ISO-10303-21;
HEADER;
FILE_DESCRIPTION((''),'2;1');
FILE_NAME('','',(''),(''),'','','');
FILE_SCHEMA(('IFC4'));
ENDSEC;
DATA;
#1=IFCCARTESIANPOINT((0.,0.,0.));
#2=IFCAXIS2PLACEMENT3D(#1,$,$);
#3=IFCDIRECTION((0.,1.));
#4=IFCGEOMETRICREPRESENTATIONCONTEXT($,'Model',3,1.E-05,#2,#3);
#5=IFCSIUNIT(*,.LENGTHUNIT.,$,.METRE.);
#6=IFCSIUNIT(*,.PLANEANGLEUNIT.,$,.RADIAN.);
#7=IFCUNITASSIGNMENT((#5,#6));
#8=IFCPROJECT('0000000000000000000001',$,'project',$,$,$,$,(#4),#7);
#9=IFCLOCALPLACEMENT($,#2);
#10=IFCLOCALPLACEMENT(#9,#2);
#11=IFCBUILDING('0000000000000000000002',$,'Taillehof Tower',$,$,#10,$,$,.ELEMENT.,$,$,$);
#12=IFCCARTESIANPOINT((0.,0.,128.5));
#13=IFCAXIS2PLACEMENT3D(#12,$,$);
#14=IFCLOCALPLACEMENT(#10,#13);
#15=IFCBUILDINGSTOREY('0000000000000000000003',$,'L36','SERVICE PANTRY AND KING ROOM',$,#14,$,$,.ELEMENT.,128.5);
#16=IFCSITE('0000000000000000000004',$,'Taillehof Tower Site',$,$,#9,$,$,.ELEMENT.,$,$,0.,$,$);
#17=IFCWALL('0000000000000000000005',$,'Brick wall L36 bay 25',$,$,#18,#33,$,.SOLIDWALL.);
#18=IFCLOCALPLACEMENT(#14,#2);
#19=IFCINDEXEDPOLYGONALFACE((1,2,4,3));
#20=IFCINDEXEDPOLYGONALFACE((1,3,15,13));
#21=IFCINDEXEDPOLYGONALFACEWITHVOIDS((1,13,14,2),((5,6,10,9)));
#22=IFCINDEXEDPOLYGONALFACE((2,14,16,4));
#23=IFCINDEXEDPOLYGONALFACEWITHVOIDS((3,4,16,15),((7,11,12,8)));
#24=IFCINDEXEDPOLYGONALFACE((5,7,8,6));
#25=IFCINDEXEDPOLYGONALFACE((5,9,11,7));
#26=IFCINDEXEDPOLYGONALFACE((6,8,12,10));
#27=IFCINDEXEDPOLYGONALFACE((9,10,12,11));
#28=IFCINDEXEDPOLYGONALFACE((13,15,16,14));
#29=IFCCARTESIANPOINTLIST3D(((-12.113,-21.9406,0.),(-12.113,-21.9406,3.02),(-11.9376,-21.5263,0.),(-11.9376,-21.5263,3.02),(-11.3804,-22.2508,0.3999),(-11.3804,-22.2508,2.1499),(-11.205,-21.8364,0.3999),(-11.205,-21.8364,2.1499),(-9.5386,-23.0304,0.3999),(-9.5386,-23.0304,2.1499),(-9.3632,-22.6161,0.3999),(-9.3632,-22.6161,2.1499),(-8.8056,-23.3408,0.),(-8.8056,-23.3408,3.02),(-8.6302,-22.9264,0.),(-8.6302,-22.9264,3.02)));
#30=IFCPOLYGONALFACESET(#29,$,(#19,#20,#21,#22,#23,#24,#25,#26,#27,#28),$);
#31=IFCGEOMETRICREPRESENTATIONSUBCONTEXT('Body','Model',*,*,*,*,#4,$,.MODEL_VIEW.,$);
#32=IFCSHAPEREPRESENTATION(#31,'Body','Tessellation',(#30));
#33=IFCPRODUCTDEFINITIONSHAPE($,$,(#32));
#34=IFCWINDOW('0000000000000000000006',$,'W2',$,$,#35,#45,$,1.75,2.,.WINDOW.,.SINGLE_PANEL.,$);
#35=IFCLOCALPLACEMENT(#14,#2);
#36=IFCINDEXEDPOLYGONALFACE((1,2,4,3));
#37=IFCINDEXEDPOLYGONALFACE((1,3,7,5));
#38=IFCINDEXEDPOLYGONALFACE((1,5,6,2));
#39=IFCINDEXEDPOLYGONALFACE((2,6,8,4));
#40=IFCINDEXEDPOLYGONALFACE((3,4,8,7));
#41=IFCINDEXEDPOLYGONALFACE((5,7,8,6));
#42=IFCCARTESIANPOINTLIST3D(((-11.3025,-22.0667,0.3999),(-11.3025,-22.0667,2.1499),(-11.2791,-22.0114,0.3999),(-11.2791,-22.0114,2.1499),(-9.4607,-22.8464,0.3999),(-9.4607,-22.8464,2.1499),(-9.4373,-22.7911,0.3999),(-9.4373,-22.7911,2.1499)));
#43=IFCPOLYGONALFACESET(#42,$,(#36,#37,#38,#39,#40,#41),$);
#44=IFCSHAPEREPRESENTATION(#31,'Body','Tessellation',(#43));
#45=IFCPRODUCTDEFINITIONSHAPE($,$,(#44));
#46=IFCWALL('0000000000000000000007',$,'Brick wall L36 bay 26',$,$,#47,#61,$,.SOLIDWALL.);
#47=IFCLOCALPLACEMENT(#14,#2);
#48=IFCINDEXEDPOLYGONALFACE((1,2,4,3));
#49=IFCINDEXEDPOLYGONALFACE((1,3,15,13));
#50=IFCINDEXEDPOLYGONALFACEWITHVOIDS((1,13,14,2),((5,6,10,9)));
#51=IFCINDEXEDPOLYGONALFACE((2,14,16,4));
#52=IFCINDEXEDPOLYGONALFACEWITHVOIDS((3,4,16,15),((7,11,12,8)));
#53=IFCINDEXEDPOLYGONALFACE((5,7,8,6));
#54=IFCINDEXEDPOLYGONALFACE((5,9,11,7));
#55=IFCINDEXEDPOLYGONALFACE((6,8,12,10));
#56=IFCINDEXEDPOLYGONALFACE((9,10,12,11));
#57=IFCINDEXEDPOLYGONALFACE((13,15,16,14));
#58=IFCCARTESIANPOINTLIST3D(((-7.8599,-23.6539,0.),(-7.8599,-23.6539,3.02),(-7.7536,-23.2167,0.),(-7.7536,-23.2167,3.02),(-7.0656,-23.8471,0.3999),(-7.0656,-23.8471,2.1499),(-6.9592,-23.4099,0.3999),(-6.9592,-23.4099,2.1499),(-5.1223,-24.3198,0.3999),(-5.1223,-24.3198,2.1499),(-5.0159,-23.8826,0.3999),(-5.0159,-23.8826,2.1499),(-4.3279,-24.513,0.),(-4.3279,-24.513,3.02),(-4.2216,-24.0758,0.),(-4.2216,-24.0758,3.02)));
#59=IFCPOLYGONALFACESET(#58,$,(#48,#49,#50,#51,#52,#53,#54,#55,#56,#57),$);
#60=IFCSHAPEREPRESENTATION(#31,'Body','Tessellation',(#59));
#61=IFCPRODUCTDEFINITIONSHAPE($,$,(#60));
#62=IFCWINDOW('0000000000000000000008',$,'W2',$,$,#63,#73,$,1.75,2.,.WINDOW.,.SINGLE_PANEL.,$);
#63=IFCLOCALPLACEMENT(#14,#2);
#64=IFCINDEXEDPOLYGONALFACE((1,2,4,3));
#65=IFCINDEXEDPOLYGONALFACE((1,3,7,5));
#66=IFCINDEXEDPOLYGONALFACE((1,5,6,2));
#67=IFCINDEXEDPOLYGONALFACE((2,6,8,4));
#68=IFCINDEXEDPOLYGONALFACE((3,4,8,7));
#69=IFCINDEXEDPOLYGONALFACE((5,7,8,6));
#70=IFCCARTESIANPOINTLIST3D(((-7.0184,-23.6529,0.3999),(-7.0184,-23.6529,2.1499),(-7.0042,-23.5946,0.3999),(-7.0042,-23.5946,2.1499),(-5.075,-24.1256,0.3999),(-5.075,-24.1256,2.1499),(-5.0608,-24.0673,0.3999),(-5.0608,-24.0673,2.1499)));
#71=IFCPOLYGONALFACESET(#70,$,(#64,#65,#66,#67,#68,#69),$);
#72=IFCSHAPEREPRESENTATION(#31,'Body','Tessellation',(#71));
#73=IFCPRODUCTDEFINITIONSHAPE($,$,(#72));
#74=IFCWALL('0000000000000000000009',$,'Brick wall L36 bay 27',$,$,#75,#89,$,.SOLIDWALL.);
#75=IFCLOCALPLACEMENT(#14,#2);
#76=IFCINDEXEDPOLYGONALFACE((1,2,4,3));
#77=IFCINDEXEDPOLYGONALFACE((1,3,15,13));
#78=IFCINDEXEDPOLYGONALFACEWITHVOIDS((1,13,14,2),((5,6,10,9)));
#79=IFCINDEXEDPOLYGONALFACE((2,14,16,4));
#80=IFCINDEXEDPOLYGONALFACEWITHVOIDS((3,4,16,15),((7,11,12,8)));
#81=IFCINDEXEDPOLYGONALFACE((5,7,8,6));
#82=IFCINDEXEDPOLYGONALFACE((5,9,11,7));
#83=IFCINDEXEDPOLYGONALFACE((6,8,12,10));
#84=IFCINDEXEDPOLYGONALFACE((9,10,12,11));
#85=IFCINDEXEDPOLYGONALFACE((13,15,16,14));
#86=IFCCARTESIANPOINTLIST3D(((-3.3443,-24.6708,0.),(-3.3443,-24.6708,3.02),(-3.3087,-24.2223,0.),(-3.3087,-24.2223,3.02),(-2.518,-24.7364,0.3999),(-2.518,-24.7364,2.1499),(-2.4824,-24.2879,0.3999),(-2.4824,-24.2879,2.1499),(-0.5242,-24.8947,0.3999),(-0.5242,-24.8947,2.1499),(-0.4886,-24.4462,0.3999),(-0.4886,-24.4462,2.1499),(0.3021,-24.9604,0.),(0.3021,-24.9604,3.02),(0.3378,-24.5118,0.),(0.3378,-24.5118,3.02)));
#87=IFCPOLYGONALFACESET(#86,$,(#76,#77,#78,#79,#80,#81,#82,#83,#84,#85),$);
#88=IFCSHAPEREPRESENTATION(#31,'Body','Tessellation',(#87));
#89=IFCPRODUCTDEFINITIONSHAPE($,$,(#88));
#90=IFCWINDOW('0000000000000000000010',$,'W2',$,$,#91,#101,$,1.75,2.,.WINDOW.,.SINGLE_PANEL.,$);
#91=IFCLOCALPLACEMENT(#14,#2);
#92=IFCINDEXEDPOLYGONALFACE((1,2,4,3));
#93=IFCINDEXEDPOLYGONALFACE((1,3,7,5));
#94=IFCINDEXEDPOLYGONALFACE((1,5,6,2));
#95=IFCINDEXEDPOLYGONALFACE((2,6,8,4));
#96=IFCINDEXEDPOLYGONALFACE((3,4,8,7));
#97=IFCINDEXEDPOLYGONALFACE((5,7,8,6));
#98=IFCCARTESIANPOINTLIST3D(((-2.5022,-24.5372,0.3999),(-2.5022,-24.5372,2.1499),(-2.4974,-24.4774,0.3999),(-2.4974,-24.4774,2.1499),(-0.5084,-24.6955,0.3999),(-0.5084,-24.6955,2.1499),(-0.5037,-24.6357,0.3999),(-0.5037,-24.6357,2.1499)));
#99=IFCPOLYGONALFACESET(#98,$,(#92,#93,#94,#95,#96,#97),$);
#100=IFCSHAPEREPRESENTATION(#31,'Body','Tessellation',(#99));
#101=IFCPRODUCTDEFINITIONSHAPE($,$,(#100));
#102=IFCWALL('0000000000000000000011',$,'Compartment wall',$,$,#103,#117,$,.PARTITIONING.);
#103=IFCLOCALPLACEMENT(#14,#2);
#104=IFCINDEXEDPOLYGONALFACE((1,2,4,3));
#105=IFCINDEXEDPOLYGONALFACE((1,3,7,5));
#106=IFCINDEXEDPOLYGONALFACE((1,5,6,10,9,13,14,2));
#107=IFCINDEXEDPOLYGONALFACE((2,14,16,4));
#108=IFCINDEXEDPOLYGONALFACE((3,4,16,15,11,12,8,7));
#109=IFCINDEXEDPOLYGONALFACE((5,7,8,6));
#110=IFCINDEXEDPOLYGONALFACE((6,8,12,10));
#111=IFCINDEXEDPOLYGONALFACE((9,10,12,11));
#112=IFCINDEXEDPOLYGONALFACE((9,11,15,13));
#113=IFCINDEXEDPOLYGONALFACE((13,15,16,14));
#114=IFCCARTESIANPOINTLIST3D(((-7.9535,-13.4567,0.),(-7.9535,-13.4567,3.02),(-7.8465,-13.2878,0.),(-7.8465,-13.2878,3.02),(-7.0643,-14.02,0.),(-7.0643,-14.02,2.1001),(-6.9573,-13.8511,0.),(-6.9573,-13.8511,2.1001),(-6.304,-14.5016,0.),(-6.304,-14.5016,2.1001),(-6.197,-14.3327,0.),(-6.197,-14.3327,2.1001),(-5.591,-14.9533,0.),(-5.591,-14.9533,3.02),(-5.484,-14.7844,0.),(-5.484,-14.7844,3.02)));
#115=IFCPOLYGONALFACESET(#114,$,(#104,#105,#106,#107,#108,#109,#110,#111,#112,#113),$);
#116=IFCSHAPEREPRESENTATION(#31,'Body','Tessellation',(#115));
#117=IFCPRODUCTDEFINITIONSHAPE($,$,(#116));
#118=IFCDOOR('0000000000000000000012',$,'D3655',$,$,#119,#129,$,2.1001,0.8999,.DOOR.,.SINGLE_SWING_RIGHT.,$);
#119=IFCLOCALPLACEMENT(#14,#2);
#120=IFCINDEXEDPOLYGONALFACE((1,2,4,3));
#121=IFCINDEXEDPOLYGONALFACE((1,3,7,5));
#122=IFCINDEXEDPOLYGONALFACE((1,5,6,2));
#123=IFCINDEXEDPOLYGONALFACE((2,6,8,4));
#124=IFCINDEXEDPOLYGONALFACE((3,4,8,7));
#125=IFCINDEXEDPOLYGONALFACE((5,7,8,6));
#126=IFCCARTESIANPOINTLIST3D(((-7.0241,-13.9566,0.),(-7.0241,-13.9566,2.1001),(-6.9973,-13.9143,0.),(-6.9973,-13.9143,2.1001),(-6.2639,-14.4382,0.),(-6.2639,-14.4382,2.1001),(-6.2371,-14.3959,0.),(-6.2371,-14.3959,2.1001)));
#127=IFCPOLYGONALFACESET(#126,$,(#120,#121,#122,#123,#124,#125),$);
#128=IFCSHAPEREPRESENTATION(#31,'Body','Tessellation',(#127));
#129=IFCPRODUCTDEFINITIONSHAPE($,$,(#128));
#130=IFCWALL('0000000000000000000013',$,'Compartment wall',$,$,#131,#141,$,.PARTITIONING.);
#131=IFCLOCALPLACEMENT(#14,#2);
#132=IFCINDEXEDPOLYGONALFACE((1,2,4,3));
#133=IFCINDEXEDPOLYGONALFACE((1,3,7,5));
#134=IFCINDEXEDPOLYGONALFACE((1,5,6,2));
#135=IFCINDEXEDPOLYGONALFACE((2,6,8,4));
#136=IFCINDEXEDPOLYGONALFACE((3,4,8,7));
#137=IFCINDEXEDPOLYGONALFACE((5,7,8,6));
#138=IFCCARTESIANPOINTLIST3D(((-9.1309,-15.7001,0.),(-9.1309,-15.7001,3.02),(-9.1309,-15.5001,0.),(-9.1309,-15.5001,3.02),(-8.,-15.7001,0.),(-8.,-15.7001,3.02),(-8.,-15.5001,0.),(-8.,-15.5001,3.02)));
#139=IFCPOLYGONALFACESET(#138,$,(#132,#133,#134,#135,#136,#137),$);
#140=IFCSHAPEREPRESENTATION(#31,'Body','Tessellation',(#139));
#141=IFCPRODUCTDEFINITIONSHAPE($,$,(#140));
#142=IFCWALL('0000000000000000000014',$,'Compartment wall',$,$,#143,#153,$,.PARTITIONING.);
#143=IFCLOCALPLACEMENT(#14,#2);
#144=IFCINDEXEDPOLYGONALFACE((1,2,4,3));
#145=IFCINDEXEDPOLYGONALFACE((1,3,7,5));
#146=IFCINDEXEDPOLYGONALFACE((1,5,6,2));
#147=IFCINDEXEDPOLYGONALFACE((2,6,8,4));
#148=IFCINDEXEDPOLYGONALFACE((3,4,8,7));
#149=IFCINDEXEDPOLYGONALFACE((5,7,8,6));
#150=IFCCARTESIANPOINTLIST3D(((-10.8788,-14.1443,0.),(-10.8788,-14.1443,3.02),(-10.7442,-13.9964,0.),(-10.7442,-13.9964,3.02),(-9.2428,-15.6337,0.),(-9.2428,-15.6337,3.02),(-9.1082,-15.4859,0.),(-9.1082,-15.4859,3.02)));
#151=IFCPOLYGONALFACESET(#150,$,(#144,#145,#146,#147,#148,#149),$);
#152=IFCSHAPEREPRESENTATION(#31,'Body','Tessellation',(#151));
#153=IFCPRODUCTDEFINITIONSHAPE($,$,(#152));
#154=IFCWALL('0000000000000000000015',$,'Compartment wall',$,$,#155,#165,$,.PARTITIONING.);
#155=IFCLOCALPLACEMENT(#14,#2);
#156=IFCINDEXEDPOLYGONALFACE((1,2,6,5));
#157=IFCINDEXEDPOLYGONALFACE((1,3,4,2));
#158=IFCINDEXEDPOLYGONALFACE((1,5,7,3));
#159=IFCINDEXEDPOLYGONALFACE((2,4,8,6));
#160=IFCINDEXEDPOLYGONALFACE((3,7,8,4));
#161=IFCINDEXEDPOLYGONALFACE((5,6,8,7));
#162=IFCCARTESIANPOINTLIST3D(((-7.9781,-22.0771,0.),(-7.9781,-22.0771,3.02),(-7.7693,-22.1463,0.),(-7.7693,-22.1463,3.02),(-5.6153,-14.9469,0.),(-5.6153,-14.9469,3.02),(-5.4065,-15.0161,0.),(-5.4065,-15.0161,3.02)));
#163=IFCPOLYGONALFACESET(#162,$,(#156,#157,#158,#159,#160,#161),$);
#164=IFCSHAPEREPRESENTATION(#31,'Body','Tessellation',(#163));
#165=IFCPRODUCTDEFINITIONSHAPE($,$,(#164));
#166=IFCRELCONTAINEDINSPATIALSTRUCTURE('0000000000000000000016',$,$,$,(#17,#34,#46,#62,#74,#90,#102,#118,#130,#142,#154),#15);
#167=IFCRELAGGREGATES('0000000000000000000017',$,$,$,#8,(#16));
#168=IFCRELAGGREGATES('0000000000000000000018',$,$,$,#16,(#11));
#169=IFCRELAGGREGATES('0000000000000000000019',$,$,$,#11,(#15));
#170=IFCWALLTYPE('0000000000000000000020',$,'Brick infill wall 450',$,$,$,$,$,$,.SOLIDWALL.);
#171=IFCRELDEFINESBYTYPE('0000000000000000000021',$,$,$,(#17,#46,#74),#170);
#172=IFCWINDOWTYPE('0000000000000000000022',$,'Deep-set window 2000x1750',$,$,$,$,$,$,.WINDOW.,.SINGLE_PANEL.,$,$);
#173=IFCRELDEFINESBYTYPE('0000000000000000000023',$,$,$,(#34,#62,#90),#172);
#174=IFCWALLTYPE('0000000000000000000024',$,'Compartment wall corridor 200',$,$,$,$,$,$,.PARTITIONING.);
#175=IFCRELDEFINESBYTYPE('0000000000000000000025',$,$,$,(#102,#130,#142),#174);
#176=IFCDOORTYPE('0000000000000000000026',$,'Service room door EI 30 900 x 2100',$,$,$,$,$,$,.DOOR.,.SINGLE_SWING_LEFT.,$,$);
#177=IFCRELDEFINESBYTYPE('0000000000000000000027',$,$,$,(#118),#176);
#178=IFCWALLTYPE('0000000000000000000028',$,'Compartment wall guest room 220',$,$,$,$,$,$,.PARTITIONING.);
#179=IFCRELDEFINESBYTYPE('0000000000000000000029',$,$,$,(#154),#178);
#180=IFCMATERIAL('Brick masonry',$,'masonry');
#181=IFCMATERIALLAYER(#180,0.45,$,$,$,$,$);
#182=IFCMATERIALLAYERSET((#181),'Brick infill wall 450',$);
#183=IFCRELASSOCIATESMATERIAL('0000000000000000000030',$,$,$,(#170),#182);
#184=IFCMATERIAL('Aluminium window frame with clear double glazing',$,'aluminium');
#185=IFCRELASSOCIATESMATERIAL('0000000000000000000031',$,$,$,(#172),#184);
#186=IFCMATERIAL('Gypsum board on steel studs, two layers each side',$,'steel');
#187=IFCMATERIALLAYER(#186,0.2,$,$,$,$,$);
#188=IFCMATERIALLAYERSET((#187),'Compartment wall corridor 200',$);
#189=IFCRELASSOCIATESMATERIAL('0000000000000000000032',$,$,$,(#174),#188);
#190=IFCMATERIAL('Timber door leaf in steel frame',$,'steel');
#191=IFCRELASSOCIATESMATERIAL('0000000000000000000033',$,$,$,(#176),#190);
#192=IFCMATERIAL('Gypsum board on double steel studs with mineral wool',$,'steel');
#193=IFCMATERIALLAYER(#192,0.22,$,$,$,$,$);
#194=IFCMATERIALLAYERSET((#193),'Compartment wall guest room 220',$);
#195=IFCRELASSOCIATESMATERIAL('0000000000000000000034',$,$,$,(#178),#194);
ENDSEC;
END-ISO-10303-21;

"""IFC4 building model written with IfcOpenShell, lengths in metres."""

from ifc_helpers import new_model, si_unit, direction, frame, frame_2d, origin, place, context, subcontext, project, spatial, rectangle, extrude, material, layer, layer_set, type_object, element, fill, save


model = new_model("IFC4")

# Units and contexts
model_context = context("Model", 3, precision=1e-05, world=origin(), true_north=direction((0.0, 1.0)))
body_context = subcontext(model_context, "Body", "Model", "MODEL_VIEW")
ifc_project = project(units=[si_unit("LENGTHUNIT", "METRE"), si_unit("PLANEANGLEUNIT", "RADIAN")], contexts=[model_context])

# Site, building, storey
site_placement = place(None, origin())
site = spatial("IfcSite", under=ifc_project, at=site_placement, Name="Taillehof Tower Site", CompositionType="ELEMENT", RefElevation=0.0)
building_placement = place(site_placement, origin())
building = spatial("IfcBuilding", under=site, at=building_placement, Name="Taillehof Tower", CompositionType="ELEMENT")
storey_placement = place(building_placement, frame((0.0, 0.0, 128.5)))
storey = spatial("IfcBuildingStorey", under=building, at=storey_placement, Name="L36", Description="SERVICE PANTRY AND KING ROOM", CompositionType="ELEMENT", Elevation=128.5)

# Walls, openings, windows
ifc_material_1 = material(Name="Brick masonry", Category="masonry")
ifc_layer_1 = layer(ifc_material_1, 0.45)
ifc_layer_set_1 = layer_set([ifc_layer_1], Name="Brick infill wall 450")
wall_type_1 = type_object("IfcWallType", Name="Brick infill wall 450", PredefinedType="SOLIDWALL", material=ifc_layer_set_1)
wall_1_placement = place(storey_placement, frame((-12.0254, -21.7334, 0.0), z_axis=(0.0, 0.0, 1.0), x_axis=(0.92088, -0.389846, 0.0)))
wall_1 = element("IfcWall", 1, at=wall_1_placement, inside=storey, type_object=wall_type_1, Name="Brick wall L36 bay 25", PredefinedType="SOLIDWALL", context=body_context, shape_type="SweptSolid", body=[
    extrude(rectangle(XDim=3.5916, YDim=0.45, at=frame_2d((1.7959, 0.0))), origin(), (0.0, 0.0, 1.0), 3.02),
])
opening_1_placement = place(wall_1_placement, frame((0.7957, 0.0, 0.3999)))
opening_1 = element("IfcOpeningElement", 2, at=opening_1_placement, cuts=wall_1, PredefinedType="OPENING", context=body_context, shape_type="SweptSolid", body=[
    extrude(rectangle(XDim=2.0, YDim=1.75, at=frame_2d((1.0, 0.875))), frame((0.0, 0.2349, 0.0), z_axis=(0.0, -1.0, 0.0), x_axis=(1.0, 0.0, 0.0)), (0.0, 0.0, 1.0), 0.47),
])
ifc_material_2 = material(Name="Aluminium window frame with clear double glazing", Category="aluminium")
window_type = type_object("IfcWindowType", Name="Deep-set window 2000x1750", PartitioningType="SINGLE_PANEL", PredefinedType="WINDOW", material=ifc_material_2)
window_1_placement = place(opening_1_placement, origin())
window_1 = element("IfcWindow", 3, at=window_1_placement, inside=storey, type_object=window_type, Name="W2", OverallHeight=1.75, OverallWidth=2.0, PartitioningType="SINGLE_PANEL", PredefinedType="WINDOW", context=body_context, shape_type="SweptSolid", body=[
    extrude(rectangle(XDim=2.0, YDim=1.75, at=frame_2d((1.0, 0.875))), frame((0.0, 0.0349, 0.0), z_axis=(0.0, -1.0, 0.0), x_axis=(1.0, 0.0, 0.0)), (0.0, 0.0, 1.0), 0.0601),
])
fill(opening_1, window_1)
wall_2_placement = place(storey_placement, frame((-7.8066, -23.4353, 0.0), z_axis=(0.0, 0.0, 1.0), x_axis=(0.971668, -0.236352, 0.0)))
wall_2 = element("IfcWall", 4, at=wall_2_placement, inside=storey, type_object=wall_type_1, Name="Brick wall L36 bay 26", PredefinedType="SOLIDWALL", context=body_context, shape_type="SweptSolid", body=[
    extrude(rectangle(XDim=3.635, YDim=0.45, at=frame_2d((1.8174, 0.0))), origin(), (0.0, 0.0, 1.0), 3.02),
])
opening_2_placement = place(wall_2_placement, frame((0.8174, 0.0, 0.3999)))
opening_2 = element("IfcOpeningElement", 5, at=opening_2_placement, cuts=wall_2, PredefinedType="OPENING", context=body_context, shape_type="SweptSolid", body=[
    extrude(rectangle(XDim=2.0, YDim=1.75, at=frame_2d((1.0, 0.875))), frame((0.0, 0.2349, 0.0), z_axis=(0.0, -1.0, 0.0), x_axis=(1.0, 0.0, 0.0)), (0.0, 0.0, 1.0), 0.47),
])
window_2_placement = place(opening_2_placement, origin())
window_2 = element("IfcWindow", 6, at=window_2_placement, inside=storey, type_object=window_type, Name="W2", OverallHeight=1.75, OverallWidth=2.0, PartitioningType="SINGLE_PANEL", PredefinedType="WINDOW", context=body_context, shape_type="SweptSolid", body=[
    extrude(rectangle(XDim=2.0, YDim=1.75, at=frame_2d((1.0, 0.875))), frame((0.0, 0.0349, 0.0), z_axis=(0.0, -1.0, 0.0), x_axis=(1.0, 0.0, 0.0)), (0.0, 0.0, 1.0), 0.0601),
])
fill(opening_2, window_2)
wall_3_placement = place(storey_placement, frame((-3.3267, -24.4465, 0.0), z_axis=(0.0, 0.0, 1.0), x_axis=(0.996862, -0.079156, 0.0)))
wall_3 = element("IfcWall", 7, at=wall_3_placement, inside=storey, type_object=wall_type_1, Name="Brick wall L36 bay 27", PredefinedType="SOLIDWALL", context=body_context, shape_type="SweptSolid", body=[
    extrude(rectangle(XDim=3.658, YDim=0.45, at=frame_2d((1.8291, 0.0))), origin(), (0.0, 0.0, 1.0), 3.02),
])
opening_3_placement = place(wall_3_placement, frame((0.8291, 0.0, 0.3999)))
opening_3 = element("IfcOpeningElement", 8, at=opening_3_placement, cuts=wall_3, PredefinedType="OPENING", context=body_context, shape_type="SweptSolid", body=[
    extrude(rectangle(XDim=2.0, YDim=1.75, at=frame_2d((1.0, 0.875))), frame((0.0, 0.2349, 0.0), z_axis=(0.0, -1.0, 0.0), x_axis=(1.0, 0.0, 0.0)), (0.0, 0.0, 1.0), 0.47),
])
window_3_placement = place(opening_3_placement, origin())
window_3 = element("IfcWindow", 9, at=window_3_placement, inside=storey, type_object=window_type, Name="W2", OverallHeight=1.75, OverallWidth=2.0, PartitioningType="SINGLE_PANEL", PredefinedType="WINDOW", context=body_context, shape_type="SweptSolid", body=[
    extrude(rectangle(XDim=2.0, YDim=1.75, at=frame_2d((1.0, 0.875))), frame((0.0, 0.0349, 0.0), z_axis=(0.0, -1.0, 0.0), x_axis=(1.0, 0.0, 0.0)), (0.0, 0.0, 1.0), 0.0601),
])
fill(opening_3, window_3)

# Wall, opening, door
ifc_material_3 = material(Name="Gypsum board on steel studs, two layers each side", Category="steel")
ifc_layer_2 = layer(ifc_material_3, 0.2)
ifc_layer_set_2 = layer_set([ifc_layer_2], Name="Compartment wall corridor 200")
wall_type_2 = type_object("IfcWallType", Name="Compartment wall corridor 200", PredefinedType="PARTITIONING", material=ifc_layer_set_2)
wall_4_placement = place(storey_placement, frame((-5.5374, -14.8689, 0.0), z_axis=(0.0, 0.0, 1.0), x_axis=(-0.84477, 0.535129, 0.0)))
wall_4 = element("IfcWall", 10, at=wall_4_placement, inside=storey, type_object=wall_type_2, Name="Compartment wall", PredefinedType="PARTITIONING", context=body_context, shape_type="SweptSolid", body=[
    extrude(rectangle(XDim=2.7966, YDim=0.2, at=frame_2d((1.3984, 0.0))), origin(), (0.0, 0.0, 1.0), 3.02),
])
opening_4_placement = place(wall_4_placement, frame((0.8442, 0.0, 0.0)))
opening_4 = element("IfcOpeningElement", 11, at=opening_4_placement, cuts=wall_4, PredefinedType="OPENING", context=body_context, shape_type="SweptSolid", body=[
    extrude(rectangle(XDim=0.8999, YDim=2.1001, at=frame_2d((0.45, 1.05))), frame((0.0, 0.1099, 0.0), z_axis=(0.0, -1.0, 0.0), x_axis=(1.0, 0.0, 0.0)), (0.0, 0.0, 1.0), 0.22),
])
ifc_material_4 = material(Name="Timber door leaf in steel frame", Category="steel")
door_type_1 = type_object("IfcDoorType", Name="Service room door EI 30 900 x 2100", OperationType="SINGLE_SWING_LEFT", PredefinedType="DOOR", material=ifc_material_4)
door_1_placement = place(opening_4_placement, origin())
door_1 = element("IfcDoor", 12, at=door_1_placement, inside=storey, type_object=door_type_1, Name="D3655", OperationType="SINGLE_SWING_RIGHT", OverallHeight=2.1001, OverallWidth=0.8999, PredefinedType="DOOR", context=body_context, shape_type="SweptSolid", body=[
    extrude(rectangle(XDim=0.8999, YDim=2.1001, at=frame_2d((0.45, 1.05))), frame((0.0, 0.0249, 0.0), z_axis=(0.0, -1.0, 0.0), x_axis=(1.0, 0.0, 0.0)), (0.0, 0.0, 1.0), 0.05),
])
fill(opening_4, door_1)

# Walls
wall_5_placement = place(storey_placement, frame((-8.0, -15.6001, 0.0), z_axis=(0.0, 0.0, 1.0), x_axis=(-1.0, 0.0, 0.0)))
element("IfcWall", 13, at=wall_5_placement, inside=storey, type_object=wall_type_2, Name="Compartment wall", PredefinedType="PARTITIONING", context=body_context, shape_type="SweptSolid", body=[
    extrude(rectangle(XDim=1.1309, YDim=0.2, at=frame_2d((0.5654, 0.0))), origin(), (0.0, 0.0, 1.0), 3.02),
])
wall_6_placement = place(storey_placement, frame((-9.1755, -15.5598, 0.0), z_axis=(0.0, 0.0, 1.0), x_axis=(-0.739436, 0.673227, 0.0)))
element("IfcWall", 14, at=wall_6_placement, inside=storey, type_object=wall_type_2, Name="Compartment wall", PredefinedType="PARTITIONING", context=body_context, shape_type="SweptSolid", body=[
    extrude(rectangle(XDim=2.2124, YDim=0.2, at=frame_2d((1.1062, 0.0))), origin(), (0.0, 0.0, 1.0), 3.02),
])
ifc_material_5 = material(Name="Gypsum board on double steel studs with mineral wool", Category="steel")
ifc_layer_3 = layer(ifc_material_5, 0.22)
ifc_layer_set_3 = layer_set([ifc_layer_3], Name="Compartment wall guest room 220")
wall_type_3 = type_object("IfcWallType", Name="Compartment wall guest room 220", PredefinedType="PARTITIONING", material=ifc_layer_set_3)
wall_7_placement = place(storey_placement, frame((-7.8738, -22.1118, 0.0), z_axis=(0.0, 0.0, 1.0), x_axis=(0.31456, 0.949238, 0.0)))
element("IfcWall", 15, at=wall_7_placement, inside=storey, type_object=wall_type_3, Name="Compartment wall", PredefinedType="PARTITIONING", context=body_context, shape_type="SweptSolid", body=[
    extrude(rectangle(XDim=7.5115, YDim=0.22, at=frame_2d((3.7559, 0.0))), origin(), (0.0, 0.0, 1.0), 3.02),
])

save(model, "model.ifc")
